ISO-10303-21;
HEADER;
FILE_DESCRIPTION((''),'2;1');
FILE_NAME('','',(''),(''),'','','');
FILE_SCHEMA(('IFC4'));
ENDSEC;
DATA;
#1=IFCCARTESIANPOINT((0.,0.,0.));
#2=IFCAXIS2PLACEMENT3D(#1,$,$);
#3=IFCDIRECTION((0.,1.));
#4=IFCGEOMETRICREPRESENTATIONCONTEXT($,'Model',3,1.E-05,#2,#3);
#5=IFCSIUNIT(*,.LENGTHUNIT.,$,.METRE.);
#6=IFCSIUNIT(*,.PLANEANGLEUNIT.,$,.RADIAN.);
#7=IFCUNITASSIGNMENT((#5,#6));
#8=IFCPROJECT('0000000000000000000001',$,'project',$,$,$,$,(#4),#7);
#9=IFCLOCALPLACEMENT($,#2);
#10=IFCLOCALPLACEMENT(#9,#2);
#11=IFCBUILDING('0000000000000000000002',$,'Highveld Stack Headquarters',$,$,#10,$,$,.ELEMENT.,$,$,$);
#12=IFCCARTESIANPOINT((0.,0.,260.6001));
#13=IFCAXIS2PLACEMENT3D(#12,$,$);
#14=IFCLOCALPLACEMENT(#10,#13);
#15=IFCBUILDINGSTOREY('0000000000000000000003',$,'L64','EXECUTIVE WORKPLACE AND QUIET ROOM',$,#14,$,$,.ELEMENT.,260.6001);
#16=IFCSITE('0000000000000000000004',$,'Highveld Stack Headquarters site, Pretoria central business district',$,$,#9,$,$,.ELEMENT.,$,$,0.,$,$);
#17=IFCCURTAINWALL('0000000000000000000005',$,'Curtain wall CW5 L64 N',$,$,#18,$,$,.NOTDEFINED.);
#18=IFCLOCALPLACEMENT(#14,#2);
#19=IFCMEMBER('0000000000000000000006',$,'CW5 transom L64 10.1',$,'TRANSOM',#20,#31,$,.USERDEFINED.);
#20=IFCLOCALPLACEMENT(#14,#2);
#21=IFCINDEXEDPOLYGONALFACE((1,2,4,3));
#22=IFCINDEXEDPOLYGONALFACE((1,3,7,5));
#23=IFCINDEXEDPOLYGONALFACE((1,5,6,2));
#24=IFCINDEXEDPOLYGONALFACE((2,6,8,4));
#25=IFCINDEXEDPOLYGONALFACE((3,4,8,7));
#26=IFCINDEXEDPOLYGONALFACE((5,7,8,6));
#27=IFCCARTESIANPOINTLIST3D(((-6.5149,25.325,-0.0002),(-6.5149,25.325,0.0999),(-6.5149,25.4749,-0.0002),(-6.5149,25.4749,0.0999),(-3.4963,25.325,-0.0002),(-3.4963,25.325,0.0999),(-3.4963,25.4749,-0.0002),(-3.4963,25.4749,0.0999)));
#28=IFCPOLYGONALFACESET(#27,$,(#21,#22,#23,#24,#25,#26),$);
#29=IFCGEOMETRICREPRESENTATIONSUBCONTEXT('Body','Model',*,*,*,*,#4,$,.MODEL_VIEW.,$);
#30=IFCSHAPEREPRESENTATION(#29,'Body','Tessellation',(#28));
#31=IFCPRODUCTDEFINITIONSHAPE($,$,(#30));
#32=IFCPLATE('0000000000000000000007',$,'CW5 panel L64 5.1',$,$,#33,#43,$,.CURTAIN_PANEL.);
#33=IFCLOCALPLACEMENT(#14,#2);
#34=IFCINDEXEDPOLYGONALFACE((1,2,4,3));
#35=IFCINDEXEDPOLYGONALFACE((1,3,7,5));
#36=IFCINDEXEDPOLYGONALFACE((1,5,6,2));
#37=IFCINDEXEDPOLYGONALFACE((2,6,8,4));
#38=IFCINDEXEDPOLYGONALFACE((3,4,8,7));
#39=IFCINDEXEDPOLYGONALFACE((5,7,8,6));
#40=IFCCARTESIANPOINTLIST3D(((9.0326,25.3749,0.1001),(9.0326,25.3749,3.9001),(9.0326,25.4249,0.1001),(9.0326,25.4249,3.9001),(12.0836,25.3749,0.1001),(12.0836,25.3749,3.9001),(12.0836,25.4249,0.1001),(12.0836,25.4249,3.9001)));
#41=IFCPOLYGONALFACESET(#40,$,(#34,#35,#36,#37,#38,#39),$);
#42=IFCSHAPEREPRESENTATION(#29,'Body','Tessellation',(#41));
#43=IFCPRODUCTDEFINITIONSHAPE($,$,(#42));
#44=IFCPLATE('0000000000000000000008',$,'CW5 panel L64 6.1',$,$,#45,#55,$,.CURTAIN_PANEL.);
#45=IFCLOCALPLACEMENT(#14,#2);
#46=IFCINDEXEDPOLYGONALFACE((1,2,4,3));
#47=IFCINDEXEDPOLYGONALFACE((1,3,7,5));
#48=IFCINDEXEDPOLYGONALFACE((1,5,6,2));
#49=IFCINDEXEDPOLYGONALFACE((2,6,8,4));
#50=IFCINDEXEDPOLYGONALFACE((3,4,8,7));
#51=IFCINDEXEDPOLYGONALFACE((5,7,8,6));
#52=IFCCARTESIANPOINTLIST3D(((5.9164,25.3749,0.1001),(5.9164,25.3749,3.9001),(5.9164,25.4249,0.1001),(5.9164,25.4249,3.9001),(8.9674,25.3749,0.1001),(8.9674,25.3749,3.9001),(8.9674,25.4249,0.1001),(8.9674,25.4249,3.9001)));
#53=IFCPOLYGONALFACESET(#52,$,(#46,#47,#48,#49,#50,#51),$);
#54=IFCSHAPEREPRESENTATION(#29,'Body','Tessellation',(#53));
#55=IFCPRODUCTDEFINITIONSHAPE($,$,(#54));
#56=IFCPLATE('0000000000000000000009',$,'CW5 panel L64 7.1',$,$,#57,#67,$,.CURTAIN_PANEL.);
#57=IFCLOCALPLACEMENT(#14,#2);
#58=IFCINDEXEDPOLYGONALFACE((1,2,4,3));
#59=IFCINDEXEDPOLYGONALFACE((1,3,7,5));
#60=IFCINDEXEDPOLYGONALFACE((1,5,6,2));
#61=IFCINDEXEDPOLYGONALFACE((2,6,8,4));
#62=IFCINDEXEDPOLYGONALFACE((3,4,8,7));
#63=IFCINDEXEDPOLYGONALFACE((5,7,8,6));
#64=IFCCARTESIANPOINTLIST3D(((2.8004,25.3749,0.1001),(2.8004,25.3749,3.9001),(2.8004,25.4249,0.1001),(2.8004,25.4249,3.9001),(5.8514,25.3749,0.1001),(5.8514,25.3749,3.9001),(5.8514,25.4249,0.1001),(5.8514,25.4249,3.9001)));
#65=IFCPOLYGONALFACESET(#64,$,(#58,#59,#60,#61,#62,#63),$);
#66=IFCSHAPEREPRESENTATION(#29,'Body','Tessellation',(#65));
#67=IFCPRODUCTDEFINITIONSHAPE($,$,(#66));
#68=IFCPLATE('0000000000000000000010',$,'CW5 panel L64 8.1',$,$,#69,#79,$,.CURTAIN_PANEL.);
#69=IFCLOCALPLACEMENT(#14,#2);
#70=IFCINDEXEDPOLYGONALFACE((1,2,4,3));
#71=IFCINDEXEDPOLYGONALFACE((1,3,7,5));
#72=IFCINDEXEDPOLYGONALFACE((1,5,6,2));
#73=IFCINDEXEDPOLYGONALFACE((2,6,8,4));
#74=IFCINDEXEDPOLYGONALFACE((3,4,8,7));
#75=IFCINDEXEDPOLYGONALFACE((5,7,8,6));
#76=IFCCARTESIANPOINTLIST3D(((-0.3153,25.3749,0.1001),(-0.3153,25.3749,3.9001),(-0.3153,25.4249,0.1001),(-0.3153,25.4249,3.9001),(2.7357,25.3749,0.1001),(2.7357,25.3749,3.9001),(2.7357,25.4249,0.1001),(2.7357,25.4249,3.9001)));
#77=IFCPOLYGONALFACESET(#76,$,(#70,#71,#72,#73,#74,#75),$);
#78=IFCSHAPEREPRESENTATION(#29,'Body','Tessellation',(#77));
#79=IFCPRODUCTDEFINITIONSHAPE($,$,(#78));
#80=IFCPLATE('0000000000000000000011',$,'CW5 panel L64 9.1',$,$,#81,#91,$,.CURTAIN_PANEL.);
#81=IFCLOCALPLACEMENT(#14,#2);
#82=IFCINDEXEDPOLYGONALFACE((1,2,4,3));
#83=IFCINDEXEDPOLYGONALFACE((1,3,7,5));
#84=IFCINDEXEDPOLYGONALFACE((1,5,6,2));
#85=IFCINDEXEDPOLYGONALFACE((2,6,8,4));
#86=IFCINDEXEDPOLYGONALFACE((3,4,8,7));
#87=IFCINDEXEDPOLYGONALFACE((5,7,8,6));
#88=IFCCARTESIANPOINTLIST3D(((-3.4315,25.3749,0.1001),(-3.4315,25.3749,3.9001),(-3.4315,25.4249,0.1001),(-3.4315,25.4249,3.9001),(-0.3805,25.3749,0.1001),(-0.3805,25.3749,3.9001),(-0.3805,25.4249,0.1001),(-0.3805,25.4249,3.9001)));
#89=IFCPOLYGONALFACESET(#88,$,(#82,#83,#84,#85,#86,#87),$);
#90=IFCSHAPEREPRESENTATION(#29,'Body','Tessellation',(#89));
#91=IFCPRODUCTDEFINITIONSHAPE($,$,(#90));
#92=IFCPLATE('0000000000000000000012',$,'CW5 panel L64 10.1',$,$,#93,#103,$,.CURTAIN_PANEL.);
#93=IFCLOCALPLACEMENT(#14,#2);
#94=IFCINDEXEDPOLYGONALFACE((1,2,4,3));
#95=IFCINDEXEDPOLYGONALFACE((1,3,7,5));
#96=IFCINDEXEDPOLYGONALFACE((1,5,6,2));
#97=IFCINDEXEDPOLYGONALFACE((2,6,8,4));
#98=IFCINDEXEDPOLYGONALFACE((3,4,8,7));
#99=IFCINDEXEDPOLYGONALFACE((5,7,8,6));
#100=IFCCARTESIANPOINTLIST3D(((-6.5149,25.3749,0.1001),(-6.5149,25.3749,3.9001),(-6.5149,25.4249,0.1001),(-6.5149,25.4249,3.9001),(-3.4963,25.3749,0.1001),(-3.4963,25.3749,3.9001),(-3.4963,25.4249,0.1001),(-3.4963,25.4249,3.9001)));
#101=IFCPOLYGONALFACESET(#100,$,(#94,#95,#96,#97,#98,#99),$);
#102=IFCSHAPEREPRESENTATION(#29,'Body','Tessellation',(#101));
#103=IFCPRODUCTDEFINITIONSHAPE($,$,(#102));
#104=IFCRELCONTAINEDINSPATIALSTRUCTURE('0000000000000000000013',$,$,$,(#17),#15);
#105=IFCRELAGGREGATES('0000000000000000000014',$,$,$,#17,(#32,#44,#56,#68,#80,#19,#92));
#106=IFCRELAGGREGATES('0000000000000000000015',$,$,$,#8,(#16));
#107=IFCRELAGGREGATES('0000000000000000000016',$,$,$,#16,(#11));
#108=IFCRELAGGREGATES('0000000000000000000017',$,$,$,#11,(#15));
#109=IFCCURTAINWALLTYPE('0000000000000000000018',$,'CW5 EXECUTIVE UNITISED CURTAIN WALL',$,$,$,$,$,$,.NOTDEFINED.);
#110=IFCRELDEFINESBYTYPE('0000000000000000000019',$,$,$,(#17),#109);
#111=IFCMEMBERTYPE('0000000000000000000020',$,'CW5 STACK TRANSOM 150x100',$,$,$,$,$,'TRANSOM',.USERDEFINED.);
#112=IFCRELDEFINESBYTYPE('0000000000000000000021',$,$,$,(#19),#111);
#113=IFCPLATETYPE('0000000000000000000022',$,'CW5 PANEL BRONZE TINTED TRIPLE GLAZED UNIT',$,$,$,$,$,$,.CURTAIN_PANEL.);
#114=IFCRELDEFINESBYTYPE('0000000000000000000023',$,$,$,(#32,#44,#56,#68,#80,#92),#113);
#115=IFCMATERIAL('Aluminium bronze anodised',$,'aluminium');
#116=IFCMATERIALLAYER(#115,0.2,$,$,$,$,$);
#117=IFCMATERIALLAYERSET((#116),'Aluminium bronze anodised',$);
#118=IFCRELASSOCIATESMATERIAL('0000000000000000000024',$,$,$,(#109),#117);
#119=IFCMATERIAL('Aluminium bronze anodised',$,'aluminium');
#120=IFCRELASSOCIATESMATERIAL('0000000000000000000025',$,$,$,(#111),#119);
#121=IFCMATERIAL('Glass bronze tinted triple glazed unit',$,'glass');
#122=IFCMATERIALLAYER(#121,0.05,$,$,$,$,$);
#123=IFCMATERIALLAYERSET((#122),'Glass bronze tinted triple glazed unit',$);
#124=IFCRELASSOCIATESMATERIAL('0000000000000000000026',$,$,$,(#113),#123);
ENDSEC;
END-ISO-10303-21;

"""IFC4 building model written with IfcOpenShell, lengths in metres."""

from ifc_helpers import new_model, si_unit, direction, frame, origin, origin_2d, place, context, subcontext, project, spatial, rectangle, extrude, material, layer, layer_set, material_profile, profile_set, type_object, element, aggregate, save


model = new_model("IFC4")

# Units and contexts
model_context = context("Model", 3, precision=1e-05, world=origin(), true_north=direction((0.0, 1.0)))
body_context = subcontext(model_context, "Body", "Model", "MODEL_VIEW")
ifc_project = project(units=[si_unit("LENGTHUNIT", "METRE"), si_unit("PLANEANGLEUNIT", "RADIAN")], contexts=[model_context])

# Site, building, storey
site_placement = place(None, origin())
site = spatial("IfcSite", under=ifc_project, at=site_placement, Name="Highveld Stack Headquarters site, Pretoria central business district", CompositionType="ELEMENT", RefElevation=0.0)
building_placement = place(site_placement, origin())
building = spatial("IfcBuilding", under=site, at=building_placement, Name="Highveld Stack Headquarters", CompositionType="ELEMENT")
storey_placement = place(building_placement, frame((0.0, 0.0, 260.6001)))
storey = spatial("IfcBuildingStorey", under=building, at=storey_placement, Name="L64", Description="EXECUTIVE WORKPLACE AND QUIET ROOM", CompositionType="ELEMENT", Elevation=260.6001)

# Curtain wall, member, plates
ifc_material_1 = material(Name="Aluminium bronze anodised", Category="aluminium")
ifc_layer_1 = layer(ifc_material_1, 0.2)
ifc_layer_set_1 = layer_set([ifc_layer_1], Name="Aluminium bronze anodised")
curtain_wall_type = type_object("IfcCurtainWallType", Name="CW5 EXECUTIVE UNITISED CURTAIN WALL", PredefinedType="NOTDEFINED", material=ifc_layer_set_1)
curtain_wall_placement = place(storey_placement, origin())
curtain_wall = element("IfcCurtainWall", 1, at=curtain_wall_placement, inside=storey, type_object=curtain_wall_type, Name="Curtain wall CW5 L64 N", PredefinedType="NOTDEFINED")
ifc_material_2 = material(Name="Aluminium bronze anodised", Category="aluminium")
ifc_material_profile_1 = material_profile(ifc_material_2, rectangle(XDim=0.1499, YDim=0.1001, at=origin_2d()), Name="CW5 TRANSOM 150x100")
ifc_profile_set_1 = profile_set([ifc_material_profile_1], Name="Aluminium bronze anodised")
member_type_1 = type_object("IfcMemberType", Name="CW5 STACK TRANSOM 150x100", ElementType="TRANSOM", PredefinedType="USERDEFINED", material=ifc_profile_set_1)
member_1_placement = place(storey_placement, frame((-3.4963, 25.3999, 0.0498), z_axis=(-1.0, 0.0, 0.0), x_axis=(0.0, -1.0, 0.0)))
member_1 = element("IfcMember", 2, at=member_1_placement, type_object=member_type_1, Name="CW5 transom L64 10.1", ObjectType="TRANSOM", PredefinedType="USERDEFINED", context=body_context, shape_type="SweptSolid", body=[
    extrude(rectangle(XDim=0.1499, YDim=0.1001, at=origin_2d()), origin(), (0.0, 0.0, 1.0), 3.0186),
])
ifc_material_3 = material(Name="Glass bronze tinted triple glazed unit", Category="glass")
ifc_layer_2 = layer(ifc_material_3, 0.05)
ifc_layer_set_2 = layer_set([ifc_layer_2], Name="Glass bronze tinted triple glazed unit")
plate_type = type_object("IfcPlateType", Name="CW5 PANEL BRONZE TINTED TRIPLE GLAZED UNIT", PredefinedType="CURTAIN_PANEL", material=ifc_layer_set_2)
plate_1_placement = place(storey_placement, frame((10.5581, 25.3999, 0.1001), z_axis=(0.0, 0.0, 1.0), x_axis=(-1.0, 0.0, 0.0)))
plate_1 = element("IfcPlate", 3, at=plate_1_placement, type_object=plate_type, Name="CW5 panel L64 5.1", PredefinedType="CURTAIN_PANEL", context=body_context, shape_type="SweptSolid", body=[
    extrude(rectangle(XDim=3.051, YDim=0.05, at=origin_2d()), origin(), (0.0, 0.0, 1.0), 3.8),
])
plate_2_placement = place(storey_placement, frame((7.4419, 25.3999, 0.1001), z_axis=(0.0, 0.0, 1.0), x_axis=(-1.0, 0.0, 0.0)))
plate_2 = element("IfcPlate", 4, at=plate_2_placement, type_object=plate_type, Name="CW5 panel L64 6.1", PredefinedType="CURTAIN_PANEL", context=body_context, shape_type="SweptSolid", body=[
    extrude(rectangle(XDim=3.051, YDim=0.05, at=origin_2d()), origin(), (0.0, 0.0, 1.0), 3.8),
])
plate_3_placement = place(storey_placement, frame((4.3259, 25.3999, 0.1001), z_axis=(0.0, 0.0, 1.0), x_axis=(-1.0, 0.0, 0.0)))
plate_3 = element("IfcPlate", 5, at=plate_3_placement, type_object=plate_type, Name="CW5 panel L64 7.1", PredefinedType="CURTAIN_PANEL", context=body_context, shape_type="SweptSolid", body=[
    extrude(rectangle(XDim=3.051, YDim=0.05, at=origin_2d()), origin(), (0.0, 0.0, 1.0), 3.8),
])
plate_4_placement = place(storey_placement, frame((1.2102, 25.3999, 0.1001), z_axis=(0.0, 0.0, 1.0), x_axis=(-1.0, 0.0, 0.0)))
plate_4 = element("IfcPlate", 6, at=plate_4_placement, type_object=plate_type, Name="CW5 panel L64 8.1", PredefinedType="CURTAIN_PANEL", context=body_context, shape_type="SweptSolid", body=[
    extrude(rectangle(XDim=3.051, YDim=0.05, at=origin_2d()), origin(), (0.0, 0.0, 1.0), 3.8),
])
plate_5_placement = place(storey_placement, frame((-1.906, 25.3999, 0.1001), z_axis=(0.0, 0.0, 1.0), x_axis=(-1.0, 0.0, 0.0)))
plate_5 = element("IfcPlate", 7, at=plate_5_placement, type_object=plate_type, Name="CW5 panel L64 9.1", PredefinedType="CURTAIN_PANEL", context=body_context, shape_type="SweptSolid", body=[
    extrude(rectangle(XDim=3.051, YDim=0.05, at=origin_2d()), origin(), (0.0, 0.0, 1.0), 3.8),
])
plate_6_placement = place(storey_placement, frame((-5.0056, 25.3999, 0.1001), z_axis=(0.0, 0.0, 1.0), x_axis=(-1.0, 0.0, 0.0)))
plate_6 = element("IfcPlate", 8, at=plate_6_placement, type_object=plate_type, Name="CW5 panel L64 10.1", PredefinedType="CURTAIN_PANEL", context=body_context, shape_type="SweptSolid", body=[
    extrude(rectangle(XDim=3.0186, YDim=0.05, at=origin_2d()), origin(), (0.0, 0.0, 1.0), 3.8),
])
aggregate(curtain_wall, [plate_1, plate_2, plate_3, plate_4, plate_5, member_1, plate_6])

save(model, "model.ifc")
